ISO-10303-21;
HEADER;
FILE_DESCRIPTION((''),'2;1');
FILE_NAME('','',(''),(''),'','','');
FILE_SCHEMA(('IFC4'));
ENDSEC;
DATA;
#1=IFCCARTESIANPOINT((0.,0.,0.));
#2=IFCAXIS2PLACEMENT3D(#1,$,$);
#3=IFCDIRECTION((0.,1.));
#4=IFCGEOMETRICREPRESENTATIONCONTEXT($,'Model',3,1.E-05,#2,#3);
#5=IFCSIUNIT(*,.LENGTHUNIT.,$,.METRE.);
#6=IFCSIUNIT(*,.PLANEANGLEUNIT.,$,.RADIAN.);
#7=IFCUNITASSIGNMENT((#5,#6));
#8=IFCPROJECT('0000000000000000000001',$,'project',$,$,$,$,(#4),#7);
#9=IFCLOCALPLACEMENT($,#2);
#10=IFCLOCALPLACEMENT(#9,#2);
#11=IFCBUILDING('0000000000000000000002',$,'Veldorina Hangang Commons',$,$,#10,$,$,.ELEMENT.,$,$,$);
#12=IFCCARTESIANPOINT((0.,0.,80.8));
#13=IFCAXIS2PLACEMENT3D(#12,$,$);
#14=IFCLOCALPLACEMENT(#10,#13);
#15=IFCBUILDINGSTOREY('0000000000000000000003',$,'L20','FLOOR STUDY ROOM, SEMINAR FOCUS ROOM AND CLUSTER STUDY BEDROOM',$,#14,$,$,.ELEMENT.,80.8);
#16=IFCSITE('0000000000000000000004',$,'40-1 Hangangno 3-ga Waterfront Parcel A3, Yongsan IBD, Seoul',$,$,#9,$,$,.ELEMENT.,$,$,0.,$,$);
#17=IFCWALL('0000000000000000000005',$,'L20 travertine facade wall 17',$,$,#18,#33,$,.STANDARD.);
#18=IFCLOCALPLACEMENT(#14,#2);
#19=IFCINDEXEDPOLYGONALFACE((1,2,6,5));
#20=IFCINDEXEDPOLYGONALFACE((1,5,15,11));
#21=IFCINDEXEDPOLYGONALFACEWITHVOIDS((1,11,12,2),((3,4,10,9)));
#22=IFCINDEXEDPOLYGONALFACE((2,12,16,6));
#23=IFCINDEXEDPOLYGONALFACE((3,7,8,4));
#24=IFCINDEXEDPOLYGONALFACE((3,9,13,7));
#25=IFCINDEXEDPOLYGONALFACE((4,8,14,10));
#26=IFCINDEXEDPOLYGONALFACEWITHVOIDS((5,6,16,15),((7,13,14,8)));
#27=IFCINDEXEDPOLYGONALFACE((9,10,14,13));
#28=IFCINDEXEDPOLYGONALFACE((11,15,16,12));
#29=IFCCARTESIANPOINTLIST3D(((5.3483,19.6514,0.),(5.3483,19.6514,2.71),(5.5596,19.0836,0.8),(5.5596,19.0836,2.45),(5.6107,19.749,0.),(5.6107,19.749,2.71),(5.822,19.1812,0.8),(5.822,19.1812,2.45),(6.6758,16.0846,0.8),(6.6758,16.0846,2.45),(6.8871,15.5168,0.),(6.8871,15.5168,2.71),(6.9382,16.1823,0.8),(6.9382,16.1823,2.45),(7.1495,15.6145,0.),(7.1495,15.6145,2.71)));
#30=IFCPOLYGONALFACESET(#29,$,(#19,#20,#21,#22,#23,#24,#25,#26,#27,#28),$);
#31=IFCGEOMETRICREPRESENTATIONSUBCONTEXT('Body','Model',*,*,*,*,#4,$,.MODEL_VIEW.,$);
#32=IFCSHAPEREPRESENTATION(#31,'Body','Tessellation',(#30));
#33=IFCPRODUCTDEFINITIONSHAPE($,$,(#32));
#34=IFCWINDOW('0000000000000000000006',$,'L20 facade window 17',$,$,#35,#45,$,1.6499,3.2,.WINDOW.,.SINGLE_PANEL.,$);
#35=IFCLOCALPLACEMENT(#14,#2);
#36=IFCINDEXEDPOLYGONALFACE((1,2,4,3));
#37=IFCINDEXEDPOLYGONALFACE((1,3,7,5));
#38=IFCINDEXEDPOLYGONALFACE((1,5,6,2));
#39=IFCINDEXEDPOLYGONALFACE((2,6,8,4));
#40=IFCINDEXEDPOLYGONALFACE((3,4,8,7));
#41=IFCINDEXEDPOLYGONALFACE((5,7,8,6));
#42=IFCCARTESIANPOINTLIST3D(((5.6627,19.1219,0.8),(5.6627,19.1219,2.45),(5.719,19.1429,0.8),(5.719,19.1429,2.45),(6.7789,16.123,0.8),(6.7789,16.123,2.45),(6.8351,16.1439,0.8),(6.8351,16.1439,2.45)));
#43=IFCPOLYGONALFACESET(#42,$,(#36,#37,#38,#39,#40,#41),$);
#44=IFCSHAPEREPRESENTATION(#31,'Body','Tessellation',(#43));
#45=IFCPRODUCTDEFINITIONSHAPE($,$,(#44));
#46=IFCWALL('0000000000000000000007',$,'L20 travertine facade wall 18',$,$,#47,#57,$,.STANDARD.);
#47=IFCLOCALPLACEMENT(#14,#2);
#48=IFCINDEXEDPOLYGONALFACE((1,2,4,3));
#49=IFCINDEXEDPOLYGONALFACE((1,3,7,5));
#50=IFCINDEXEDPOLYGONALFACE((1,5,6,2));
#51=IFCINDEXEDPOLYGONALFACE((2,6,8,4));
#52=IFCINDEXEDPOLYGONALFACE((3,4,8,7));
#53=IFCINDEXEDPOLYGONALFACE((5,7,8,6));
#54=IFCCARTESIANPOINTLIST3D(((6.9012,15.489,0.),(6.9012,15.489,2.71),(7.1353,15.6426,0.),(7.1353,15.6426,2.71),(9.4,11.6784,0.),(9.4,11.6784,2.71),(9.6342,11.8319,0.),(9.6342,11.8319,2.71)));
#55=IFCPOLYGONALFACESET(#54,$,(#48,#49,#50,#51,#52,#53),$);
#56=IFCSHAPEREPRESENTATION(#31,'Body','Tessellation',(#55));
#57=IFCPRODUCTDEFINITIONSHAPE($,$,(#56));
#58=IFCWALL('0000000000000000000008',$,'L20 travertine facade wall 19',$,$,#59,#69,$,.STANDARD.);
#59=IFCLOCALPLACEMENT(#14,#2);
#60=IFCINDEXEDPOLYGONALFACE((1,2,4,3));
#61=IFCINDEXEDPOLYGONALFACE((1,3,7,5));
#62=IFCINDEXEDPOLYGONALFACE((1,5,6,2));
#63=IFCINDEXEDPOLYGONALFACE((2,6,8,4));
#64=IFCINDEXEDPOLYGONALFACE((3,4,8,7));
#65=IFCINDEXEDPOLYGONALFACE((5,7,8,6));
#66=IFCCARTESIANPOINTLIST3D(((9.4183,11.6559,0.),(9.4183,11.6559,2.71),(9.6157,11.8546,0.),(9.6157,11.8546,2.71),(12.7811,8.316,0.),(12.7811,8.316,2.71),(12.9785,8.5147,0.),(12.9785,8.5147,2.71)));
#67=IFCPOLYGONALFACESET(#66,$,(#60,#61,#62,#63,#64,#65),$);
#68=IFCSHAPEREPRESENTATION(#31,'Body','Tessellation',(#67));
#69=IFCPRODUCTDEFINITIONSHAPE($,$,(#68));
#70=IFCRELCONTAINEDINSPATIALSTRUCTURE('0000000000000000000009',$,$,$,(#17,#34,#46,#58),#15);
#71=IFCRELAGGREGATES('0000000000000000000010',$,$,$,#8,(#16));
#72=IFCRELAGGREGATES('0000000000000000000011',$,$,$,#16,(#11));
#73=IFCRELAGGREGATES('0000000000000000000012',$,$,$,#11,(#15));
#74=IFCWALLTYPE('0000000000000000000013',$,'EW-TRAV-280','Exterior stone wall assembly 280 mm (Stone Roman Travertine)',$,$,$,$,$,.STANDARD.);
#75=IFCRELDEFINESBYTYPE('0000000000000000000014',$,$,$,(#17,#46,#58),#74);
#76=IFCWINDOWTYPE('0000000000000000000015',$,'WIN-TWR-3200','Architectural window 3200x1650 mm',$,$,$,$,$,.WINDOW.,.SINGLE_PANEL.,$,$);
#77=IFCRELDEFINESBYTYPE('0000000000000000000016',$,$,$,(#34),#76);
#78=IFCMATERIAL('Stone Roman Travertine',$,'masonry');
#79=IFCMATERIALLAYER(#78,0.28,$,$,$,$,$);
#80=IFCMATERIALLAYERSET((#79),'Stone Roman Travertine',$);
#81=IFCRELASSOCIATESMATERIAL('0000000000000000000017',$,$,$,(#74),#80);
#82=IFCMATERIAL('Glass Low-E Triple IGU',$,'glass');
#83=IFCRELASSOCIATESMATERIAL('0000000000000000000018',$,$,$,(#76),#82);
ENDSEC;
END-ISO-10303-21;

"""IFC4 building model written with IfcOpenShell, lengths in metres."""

from ifc_helpers import new_model, si_unit, direction, frame, frame_2d, origin, place, context, subcontext, project, spatial, rectangle, extrude, material, layer, layer_set, type_object, element, fill, save


model = new_model("IFC4")

# Units and contexts
model_context = context("Model", 3, precision=1e-05, world=origin(), true_north=direction((0.0, 1.0)))
body_context = subcontext(model_context, "Body", "Model", "MODEL_VIEW")
ifc_project = project(units=[si_unit("LENGTHUNIT", "METRE"), si_unit("PLANEANGLEUNIT", "RADIAN")], contexts=[model_context])

# Site, building, storey
site_placement = place(None, origin())
site = spatial("IfcSite", under=ifc_project, at=site_placement, Name="40-1 Hangangno 3-ga Waterfront Parcel A3, Yongsan IBD, Seoul", CompositionType="ELEMENT", RefElevation=0.0)
building_placement = place(site_placement, origin())
building = spatial("IfcBuilding", under=site, at=building_placement, Name="Veldorina Hangang Commons", CompositionType="ELEMENT")
storey_placement = place(building_placement, frame((0.0, 0.0, 80.8)))
storey = spatial("IfcBuildingStorey", under=building, at=storey_placement, Name="L20", Description="FLOOR STUDY ROOM, SEMINAR FOCUS ROOM AND CLUSTER STUDY BEDROOM", CompositionType="ELEMENT", Elevation=80.8)

# Wall, opening, window
ifc_material_1 = material(Name="Stone Roman Travertine", Category="masonry")
ifc_layer_1 = layer(ifc_material_1, 0.28)
ifc_layer_set_1 = layer_set([ifc_layer_1], Name="Stone Roman Travertine")
wall_type = type_object("IfcWallType", Name="EW-TRAV-280", Description="Exterior stone wall assembly 280 mm (Stone Roman Travertine)", PredefinedType="STANDARD", material=ifc_layer_set_1)
wall_1_placement = place(storey_placement, frame((5.4795, 19.7002, 0.0), z_axis=(0.0, 0.0, 1.0), x_axis=(0.348812, -0.937193, 0.0)))
wall_1 = element("IfcWall", 1, at=wall_1_placement, inside=storey, type_object=wall_type, Name="L20 travertine facade wall 17", PredefinedType="STANDARD", context=body_context, shape_type="SweptSolid", body=[
    extrude(rectangle(XDim=4.4116, YDim=0.28, at=frame_2d((2.2058, 0.0))), origin(), (0.0, 0.0, 1.0), 2.71),
])
opening_placement = place(wall_1_placement, frame((0.6057, 0.0, 0.8)))
opening = element("IfcOpeningElement", 2, at=opening_placement, cuts=wall_1, PredefinedType="OPENING", context=body_context, shape_type="SweptSolid", body=[
    extrude(rectangle(XDim=3.2, YDim=1.6499, at=frame_2d((1.6001, 0.825))), frame((0.0, 0.1499, 0.0), z_axis=(0.0, -1.0, 0.0), x_axis=(1.0, 0.0, 0.0)), (0.0, 0.0, 1.0), 0.3),
])
ifc_material_2 = material(Name="Glass Low-E Triple IGU", Category="glass")
window_type = type_object("IfcWindowType", Name="WIN-TWR-3200", Description="Architectural window 3200x1650 mm", PartitioningType="SINGLE_PANEL", PredefinedType="WINDOW", material=ifc_material_2)
window_placement = place(opening_placement, origin())
window = element("IfcWindow", 3, at=window_placement, inside=storey, type_object=window_type, Name="L20 facade window 17", OverallHeight=1.6499, OverallWidth=3.2, PartitioningType="SINGLE_PANEL", PredefinedType="WINDOW", context=body_context, shape_type="SweptSolid", body=[
    extrude(rectangle(XDim=3.2, YDim=1.6499, at=frame_2d((1.6001, 0.825))), frame((0.0, 0.03, 0.0), z_axis=(0.0, -1.0, 0.0), x_axis=(1.0, 0.0, 0.0)), (0.0, 0.0, 1.0), 0.0601),
])
fill(opening, window)

# Walls
wall_2_placement = place(storey_placement, frame((7.0183, 15.5657, 0.0), z_axis=(0.0, 0.0, 1.0), x_axis=(0.548366, -0.836238, 0.0)))
element("IfcWall", 4, at=wall_2_placement, inside=storey, type_object=wall_type, Name="L20 travertine facade wall 18", PredefinedType="STANDARD", context=body_context, shape_type="SweptSolid", body=[
    extrude(rectangle(XDim=4.5569, YDim=0.28, at=frame_2d((2.2783, 0.0))), origin(), (0.0, 0.0, 1.0), 2.71),
])
wall_3_placement = place(storey_placement, frame((9.5171, 11.7551, 0.0), z_axis=(0.0, 0.0, 1.0), x_axis=(0.709524, -0.704682, 0.0)))
element("IfcWall", 5, at=wall_3_placement, inside=storey, type_object=wall_type, Name="L20 travertine facade wall 19", PredefinedType="STANDARD", context=body_context, shape_type="SweptSolid", body=[
    extrude(rectangle(XDim=4.7395, YDim=0.28, at=frame_2d((2.3696, 0.0))), origin(), (0.0, 0.0, 1.0), 2.71),
])

save(model, "model.ifc")
